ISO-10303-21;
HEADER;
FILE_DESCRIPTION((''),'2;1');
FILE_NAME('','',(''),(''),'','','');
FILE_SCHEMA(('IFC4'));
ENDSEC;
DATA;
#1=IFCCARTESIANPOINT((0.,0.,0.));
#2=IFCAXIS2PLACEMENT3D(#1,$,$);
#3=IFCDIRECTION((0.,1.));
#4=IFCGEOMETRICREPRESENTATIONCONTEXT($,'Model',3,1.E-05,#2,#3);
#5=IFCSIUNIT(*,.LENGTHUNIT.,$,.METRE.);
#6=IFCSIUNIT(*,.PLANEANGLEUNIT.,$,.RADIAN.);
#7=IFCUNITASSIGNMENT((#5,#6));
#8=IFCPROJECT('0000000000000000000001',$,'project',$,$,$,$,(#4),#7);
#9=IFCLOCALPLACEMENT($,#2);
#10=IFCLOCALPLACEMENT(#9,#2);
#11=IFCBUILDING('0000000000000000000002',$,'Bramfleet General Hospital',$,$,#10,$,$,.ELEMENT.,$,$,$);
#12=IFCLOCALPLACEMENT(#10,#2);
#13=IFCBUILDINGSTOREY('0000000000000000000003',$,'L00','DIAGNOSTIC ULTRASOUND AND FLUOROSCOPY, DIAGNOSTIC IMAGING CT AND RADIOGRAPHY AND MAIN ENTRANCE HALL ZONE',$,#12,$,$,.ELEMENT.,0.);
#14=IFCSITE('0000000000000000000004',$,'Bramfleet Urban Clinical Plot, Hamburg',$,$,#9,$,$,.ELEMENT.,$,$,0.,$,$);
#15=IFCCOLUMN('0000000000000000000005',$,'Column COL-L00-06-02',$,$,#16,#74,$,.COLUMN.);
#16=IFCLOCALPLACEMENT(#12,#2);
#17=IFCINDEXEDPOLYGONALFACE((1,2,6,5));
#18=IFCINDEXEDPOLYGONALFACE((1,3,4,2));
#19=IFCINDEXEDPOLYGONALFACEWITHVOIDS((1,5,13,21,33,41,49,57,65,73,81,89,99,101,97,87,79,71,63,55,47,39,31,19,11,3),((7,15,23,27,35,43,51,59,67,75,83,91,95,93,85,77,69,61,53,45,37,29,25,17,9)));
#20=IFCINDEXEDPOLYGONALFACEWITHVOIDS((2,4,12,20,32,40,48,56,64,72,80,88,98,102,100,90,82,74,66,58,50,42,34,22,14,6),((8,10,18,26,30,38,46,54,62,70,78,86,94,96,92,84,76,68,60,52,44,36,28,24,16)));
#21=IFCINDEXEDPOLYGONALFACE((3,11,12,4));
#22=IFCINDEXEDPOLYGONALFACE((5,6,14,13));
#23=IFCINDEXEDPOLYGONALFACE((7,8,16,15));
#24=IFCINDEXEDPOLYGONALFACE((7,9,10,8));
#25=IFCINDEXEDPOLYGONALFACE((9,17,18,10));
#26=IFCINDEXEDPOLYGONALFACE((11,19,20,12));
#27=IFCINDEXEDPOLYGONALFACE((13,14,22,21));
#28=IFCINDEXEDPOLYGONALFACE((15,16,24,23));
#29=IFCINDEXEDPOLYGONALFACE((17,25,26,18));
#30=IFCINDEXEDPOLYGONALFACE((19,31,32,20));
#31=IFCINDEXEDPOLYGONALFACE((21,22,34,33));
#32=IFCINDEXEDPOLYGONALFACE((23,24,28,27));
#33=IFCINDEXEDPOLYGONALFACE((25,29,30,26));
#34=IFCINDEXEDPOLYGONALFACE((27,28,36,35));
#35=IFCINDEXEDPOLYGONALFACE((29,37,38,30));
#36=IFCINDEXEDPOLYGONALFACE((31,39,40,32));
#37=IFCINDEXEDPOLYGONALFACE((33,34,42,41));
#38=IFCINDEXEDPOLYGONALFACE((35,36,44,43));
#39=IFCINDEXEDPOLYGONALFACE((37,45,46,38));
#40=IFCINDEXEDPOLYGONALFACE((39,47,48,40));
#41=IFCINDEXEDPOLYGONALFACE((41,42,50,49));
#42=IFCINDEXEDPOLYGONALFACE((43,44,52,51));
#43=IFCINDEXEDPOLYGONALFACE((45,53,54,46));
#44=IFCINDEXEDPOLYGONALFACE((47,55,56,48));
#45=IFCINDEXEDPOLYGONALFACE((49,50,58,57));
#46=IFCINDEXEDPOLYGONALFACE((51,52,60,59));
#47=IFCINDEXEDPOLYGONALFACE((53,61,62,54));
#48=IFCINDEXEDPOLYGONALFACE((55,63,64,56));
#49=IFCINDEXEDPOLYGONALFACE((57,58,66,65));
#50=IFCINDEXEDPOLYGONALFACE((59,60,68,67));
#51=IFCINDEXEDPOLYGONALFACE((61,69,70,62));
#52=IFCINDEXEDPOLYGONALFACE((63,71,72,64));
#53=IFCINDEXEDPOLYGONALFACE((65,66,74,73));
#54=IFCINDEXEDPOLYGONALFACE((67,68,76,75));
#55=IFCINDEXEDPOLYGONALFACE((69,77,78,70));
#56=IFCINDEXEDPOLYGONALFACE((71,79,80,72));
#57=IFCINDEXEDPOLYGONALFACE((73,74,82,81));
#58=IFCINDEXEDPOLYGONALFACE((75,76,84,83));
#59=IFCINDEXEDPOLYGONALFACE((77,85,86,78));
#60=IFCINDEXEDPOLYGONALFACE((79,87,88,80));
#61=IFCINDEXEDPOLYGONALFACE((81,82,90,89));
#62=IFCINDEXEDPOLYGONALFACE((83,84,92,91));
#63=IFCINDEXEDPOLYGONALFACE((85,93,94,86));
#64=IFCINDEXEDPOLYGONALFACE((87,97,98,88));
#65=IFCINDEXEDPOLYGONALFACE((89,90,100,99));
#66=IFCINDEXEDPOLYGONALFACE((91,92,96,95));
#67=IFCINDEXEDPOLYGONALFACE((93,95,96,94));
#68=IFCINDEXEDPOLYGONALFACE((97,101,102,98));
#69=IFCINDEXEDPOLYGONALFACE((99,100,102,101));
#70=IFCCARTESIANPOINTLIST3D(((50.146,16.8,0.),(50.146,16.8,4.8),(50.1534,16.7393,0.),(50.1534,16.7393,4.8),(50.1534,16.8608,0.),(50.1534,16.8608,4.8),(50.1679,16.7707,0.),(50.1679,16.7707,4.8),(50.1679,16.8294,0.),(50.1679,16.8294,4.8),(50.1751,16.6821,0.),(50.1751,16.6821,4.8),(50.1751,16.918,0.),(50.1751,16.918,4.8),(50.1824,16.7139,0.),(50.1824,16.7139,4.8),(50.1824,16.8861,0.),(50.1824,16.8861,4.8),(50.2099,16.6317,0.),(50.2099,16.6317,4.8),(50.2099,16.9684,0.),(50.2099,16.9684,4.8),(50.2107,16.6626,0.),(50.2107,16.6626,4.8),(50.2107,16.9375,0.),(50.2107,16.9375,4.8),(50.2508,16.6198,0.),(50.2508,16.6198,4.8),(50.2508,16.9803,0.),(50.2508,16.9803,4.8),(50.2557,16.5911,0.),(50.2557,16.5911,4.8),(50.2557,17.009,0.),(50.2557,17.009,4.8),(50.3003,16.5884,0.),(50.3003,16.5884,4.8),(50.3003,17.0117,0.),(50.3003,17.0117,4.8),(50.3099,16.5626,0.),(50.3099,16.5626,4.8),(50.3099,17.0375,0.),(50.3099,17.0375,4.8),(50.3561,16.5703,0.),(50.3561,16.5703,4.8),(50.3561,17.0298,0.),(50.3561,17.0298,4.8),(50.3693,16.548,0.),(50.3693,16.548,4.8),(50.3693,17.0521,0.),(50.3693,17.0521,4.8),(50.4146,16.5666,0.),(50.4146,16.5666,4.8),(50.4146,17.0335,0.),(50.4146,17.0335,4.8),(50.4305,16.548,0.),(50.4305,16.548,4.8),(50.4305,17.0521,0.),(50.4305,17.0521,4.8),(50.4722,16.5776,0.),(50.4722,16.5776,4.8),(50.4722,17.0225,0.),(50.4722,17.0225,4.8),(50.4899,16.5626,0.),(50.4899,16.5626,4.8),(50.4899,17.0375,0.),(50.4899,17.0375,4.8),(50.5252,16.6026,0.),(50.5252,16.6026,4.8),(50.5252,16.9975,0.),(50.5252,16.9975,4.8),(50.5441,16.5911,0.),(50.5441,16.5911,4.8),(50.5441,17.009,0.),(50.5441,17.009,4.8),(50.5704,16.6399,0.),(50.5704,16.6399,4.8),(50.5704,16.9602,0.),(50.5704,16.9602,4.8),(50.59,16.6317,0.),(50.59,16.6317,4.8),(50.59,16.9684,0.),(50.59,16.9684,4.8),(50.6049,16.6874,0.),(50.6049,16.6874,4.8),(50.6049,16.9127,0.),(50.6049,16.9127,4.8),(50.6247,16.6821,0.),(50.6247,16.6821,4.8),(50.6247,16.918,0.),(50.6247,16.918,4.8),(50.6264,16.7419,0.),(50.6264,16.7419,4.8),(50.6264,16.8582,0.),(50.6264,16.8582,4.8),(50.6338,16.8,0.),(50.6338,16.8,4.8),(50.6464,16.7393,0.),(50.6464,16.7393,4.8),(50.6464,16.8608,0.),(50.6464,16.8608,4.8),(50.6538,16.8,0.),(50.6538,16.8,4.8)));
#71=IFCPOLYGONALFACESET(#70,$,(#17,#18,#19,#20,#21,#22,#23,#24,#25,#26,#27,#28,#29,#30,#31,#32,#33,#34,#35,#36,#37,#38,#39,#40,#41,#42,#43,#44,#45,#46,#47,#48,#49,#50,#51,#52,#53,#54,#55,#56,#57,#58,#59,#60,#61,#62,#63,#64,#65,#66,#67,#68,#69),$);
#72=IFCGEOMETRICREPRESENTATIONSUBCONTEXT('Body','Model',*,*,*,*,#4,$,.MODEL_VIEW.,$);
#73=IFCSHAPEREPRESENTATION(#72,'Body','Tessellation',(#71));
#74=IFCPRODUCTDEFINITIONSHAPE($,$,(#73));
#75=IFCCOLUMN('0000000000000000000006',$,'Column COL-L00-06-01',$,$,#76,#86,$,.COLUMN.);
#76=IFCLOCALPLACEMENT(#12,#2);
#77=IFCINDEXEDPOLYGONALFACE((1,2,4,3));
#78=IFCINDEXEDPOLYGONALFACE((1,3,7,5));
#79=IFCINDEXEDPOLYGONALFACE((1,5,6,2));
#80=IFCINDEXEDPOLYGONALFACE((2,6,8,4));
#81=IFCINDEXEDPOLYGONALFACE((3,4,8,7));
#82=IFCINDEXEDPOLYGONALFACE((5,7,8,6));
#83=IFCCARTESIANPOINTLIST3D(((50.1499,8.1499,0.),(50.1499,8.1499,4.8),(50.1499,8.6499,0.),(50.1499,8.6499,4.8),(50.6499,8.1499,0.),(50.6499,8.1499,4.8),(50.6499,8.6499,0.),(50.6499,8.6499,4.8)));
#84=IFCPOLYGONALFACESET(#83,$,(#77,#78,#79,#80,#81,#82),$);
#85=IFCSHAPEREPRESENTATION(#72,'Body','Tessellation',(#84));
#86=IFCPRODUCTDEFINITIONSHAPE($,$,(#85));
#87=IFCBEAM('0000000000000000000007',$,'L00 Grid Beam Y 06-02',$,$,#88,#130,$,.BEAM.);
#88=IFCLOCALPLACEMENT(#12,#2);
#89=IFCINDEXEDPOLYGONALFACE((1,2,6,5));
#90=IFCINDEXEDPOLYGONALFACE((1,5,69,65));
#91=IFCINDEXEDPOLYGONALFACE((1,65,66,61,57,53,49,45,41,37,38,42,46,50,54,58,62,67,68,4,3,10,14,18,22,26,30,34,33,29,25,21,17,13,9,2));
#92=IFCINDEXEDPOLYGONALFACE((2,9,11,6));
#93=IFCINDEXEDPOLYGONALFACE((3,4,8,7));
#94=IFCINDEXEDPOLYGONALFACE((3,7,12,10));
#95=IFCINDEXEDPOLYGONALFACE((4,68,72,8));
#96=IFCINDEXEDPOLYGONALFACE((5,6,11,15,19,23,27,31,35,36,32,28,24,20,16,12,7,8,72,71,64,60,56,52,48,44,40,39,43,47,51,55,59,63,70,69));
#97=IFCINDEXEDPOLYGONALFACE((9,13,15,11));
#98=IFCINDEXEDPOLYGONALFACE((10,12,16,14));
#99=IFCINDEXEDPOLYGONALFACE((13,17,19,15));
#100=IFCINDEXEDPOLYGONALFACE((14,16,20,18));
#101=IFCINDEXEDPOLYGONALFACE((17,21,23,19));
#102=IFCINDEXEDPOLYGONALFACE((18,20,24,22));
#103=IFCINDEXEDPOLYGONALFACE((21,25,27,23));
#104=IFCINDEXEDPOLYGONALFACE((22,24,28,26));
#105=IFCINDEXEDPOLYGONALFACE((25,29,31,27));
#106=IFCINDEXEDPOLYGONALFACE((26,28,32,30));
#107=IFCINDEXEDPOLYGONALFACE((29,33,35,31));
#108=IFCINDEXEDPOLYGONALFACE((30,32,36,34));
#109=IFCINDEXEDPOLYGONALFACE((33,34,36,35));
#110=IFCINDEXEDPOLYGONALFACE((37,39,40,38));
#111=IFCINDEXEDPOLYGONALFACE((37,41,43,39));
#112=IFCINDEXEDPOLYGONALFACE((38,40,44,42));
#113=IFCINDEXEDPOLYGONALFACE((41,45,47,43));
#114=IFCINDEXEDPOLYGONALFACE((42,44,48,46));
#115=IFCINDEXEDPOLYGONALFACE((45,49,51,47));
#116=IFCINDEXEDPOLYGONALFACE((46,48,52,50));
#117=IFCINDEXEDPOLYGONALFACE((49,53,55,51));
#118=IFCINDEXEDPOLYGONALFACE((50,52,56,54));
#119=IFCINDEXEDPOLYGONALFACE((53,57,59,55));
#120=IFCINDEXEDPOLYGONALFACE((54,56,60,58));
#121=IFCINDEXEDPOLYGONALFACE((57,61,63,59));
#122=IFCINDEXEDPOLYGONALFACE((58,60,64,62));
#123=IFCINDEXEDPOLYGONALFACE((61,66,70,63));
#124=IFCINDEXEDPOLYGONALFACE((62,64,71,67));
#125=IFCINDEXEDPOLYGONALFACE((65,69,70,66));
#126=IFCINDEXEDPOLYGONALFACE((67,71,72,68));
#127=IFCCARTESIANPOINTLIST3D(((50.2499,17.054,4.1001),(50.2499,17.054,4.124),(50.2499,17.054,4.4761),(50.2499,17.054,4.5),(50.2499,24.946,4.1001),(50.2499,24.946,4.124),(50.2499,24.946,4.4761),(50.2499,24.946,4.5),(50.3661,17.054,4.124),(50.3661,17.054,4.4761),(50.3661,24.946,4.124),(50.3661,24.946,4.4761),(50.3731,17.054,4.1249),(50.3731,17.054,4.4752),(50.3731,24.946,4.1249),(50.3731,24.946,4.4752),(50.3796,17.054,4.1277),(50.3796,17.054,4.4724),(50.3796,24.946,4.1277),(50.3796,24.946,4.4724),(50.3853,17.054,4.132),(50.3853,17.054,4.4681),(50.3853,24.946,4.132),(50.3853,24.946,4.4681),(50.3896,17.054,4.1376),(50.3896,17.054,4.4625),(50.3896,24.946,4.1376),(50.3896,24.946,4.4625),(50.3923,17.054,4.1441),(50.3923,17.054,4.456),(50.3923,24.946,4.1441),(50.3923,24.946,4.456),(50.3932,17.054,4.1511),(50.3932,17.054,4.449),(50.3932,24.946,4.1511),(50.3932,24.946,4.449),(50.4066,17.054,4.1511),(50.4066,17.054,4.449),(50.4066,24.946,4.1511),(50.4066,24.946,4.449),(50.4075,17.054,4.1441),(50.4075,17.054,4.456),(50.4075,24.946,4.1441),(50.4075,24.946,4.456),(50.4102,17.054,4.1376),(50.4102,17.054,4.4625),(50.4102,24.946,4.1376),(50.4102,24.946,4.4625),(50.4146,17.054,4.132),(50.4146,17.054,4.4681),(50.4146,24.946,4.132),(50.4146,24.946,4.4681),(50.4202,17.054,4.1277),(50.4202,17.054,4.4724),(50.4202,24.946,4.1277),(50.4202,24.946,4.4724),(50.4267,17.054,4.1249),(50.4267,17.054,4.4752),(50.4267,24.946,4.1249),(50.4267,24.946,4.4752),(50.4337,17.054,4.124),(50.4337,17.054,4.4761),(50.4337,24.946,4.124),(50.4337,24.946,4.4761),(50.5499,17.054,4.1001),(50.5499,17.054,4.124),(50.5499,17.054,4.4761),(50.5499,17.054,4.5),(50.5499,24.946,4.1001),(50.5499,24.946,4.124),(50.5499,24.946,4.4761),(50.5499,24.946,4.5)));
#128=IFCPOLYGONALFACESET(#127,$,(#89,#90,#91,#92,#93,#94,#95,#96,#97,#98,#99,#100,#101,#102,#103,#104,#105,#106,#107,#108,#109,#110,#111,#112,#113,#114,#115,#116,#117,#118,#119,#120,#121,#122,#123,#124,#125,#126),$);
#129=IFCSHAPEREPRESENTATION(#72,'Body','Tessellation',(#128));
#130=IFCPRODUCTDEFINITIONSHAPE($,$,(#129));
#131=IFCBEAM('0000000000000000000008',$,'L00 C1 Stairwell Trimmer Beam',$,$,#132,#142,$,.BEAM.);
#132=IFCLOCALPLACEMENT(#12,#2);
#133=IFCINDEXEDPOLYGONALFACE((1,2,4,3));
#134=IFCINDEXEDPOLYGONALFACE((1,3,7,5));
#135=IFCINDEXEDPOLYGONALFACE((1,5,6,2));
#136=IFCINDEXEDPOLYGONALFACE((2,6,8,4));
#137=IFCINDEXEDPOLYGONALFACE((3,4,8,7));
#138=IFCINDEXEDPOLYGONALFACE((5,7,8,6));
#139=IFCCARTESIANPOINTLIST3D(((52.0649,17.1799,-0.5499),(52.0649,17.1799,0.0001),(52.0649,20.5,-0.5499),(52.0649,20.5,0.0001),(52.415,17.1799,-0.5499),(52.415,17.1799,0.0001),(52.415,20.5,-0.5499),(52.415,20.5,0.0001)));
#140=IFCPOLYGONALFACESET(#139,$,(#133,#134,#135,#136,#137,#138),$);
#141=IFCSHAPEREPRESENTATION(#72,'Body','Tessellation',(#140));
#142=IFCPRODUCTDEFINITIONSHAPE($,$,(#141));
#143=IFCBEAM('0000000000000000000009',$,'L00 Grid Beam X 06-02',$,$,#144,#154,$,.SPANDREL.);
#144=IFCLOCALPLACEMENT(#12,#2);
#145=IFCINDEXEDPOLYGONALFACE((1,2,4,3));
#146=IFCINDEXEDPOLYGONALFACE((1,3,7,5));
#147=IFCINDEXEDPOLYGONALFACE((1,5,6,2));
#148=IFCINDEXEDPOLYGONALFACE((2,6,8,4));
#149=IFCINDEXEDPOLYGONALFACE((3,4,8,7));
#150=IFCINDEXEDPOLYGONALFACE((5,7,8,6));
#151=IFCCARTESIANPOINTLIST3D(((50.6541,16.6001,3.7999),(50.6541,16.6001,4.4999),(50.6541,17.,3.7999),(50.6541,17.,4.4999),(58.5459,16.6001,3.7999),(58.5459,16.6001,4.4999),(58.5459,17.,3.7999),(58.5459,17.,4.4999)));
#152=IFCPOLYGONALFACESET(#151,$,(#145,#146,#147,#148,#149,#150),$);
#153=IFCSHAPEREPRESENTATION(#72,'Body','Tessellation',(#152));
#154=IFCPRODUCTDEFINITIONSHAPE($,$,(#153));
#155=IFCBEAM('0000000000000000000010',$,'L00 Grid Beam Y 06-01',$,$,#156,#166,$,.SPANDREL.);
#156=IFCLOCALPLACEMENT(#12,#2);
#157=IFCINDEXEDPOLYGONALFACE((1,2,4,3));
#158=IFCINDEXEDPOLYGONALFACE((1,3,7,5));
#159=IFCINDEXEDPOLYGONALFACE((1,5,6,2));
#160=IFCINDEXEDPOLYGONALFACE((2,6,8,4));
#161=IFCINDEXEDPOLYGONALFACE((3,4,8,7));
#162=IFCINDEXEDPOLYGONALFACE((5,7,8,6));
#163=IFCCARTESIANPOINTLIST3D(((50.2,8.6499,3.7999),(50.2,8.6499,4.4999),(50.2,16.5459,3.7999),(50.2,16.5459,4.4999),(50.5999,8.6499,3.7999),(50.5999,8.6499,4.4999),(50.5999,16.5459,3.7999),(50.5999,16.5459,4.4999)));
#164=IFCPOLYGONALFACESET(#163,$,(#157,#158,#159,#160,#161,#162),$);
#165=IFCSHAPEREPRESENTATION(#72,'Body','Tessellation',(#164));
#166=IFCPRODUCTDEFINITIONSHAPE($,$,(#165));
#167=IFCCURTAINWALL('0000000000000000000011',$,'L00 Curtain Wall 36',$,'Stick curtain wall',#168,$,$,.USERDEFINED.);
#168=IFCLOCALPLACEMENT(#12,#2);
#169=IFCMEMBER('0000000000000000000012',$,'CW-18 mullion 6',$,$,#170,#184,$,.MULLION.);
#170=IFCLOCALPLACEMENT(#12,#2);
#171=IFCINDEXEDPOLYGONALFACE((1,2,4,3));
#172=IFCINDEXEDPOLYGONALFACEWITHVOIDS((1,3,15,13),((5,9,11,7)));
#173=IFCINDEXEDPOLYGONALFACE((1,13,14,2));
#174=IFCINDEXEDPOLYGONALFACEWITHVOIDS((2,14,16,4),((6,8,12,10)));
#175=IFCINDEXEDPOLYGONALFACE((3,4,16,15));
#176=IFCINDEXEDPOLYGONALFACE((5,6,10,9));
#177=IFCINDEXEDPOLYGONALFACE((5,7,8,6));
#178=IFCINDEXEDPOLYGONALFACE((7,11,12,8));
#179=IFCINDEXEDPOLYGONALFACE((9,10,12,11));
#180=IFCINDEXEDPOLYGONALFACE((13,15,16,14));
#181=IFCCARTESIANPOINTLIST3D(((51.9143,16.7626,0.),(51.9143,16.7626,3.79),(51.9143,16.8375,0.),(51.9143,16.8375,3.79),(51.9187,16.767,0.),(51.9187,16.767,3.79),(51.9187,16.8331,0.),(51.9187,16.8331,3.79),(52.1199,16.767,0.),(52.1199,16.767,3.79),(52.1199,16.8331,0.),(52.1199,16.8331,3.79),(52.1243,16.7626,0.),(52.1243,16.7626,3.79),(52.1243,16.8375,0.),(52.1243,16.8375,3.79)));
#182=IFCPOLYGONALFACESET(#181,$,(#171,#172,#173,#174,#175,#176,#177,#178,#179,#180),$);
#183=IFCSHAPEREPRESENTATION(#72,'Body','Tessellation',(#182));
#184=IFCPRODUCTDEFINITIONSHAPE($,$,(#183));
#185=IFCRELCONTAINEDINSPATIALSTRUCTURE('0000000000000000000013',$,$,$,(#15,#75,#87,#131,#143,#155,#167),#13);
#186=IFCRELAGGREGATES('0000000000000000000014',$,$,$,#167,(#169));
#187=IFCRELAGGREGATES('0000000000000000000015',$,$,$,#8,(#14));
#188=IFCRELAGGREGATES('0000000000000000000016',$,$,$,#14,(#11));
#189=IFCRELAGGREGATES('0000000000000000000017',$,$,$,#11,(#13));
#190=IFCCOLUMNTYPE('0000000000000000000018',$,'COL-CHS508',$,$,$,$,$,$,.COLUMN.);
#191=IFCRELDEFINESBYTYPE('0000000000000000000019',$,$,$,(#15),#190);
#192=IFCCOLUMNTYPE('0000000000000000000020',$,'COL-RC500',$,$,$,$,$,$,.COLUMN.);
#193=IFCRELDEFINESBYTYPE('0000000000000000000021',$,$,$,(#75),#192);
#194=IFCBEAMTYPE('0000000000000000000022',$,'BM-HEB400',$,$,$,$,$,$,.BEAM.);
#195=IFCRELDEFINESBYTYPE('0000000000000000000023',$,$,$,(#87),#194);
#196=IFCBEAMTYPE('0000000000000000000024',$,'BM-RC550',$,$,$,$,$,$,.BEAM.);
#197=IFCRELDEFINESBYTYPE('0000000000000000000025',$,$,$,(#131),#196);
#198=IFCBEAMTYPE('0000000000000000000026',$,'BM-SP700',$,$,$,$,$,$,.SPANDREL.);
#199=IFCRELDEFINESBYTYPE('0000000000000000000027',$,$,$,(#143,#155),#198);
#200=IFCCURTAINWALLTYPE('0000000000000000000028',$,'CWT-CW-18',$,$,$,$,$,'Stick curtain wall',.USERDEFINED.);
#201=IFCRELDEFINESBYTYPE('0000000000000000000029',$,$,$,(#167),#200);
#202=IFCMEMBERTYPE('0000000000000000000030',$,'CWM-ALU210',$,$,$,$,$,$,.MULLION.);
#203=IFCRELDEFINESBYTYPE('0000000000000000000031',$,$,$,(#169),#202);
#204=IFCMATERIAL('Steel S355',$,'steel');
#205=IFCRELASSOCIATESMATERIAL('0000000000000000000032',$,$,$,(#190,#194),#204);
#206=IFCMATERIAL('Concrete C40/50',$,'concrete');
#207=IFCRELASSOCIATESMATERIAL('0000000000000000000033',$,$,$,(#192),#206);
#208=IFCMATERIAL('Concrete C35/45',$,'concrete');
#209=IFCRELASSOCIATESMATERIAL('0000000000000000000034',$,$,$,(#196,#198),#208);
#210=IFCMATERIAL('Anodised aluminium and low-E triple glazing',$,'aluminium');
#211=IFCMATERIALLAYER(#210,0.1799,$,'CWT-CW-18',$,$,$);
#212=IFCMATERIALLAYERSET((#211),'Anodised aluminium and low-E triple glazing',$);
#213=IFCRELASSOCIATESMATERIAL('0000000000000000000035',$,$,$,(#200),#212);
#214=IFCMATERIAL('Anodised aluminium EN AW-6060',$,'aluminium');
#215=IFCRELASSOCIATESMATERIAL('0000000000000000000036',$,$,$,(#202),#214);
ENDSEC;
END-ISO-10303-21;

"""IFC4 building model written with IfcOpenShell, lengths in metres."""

from ifc_helpers import new_model, si_unit, direction, frame, origin, origin_2d, place, context, subcontext, project, spatial, rectangle, hollow_rectangle, hollow_circle, i_section, extrude, material, layer, layer_set, material_profile, profile_set, type_object, element, aggregate, save


model = new_model("IFC4")

# Units and contexts
model_context = context("Model", 3, precision=1e-05, world=origin(), true_north=direction((0.0, 1.0)))
body_context = subcontext(model_context, "Body", "Model", "MODEL_VIEW")
ifc_project = project(units=[si_unit("LENGTHUNIT", "METRE"), si_unit("PLANEANGLEUNIT", "RADIAN")], contexts=[model_context])

# Site, building, storey
site_placement = place(None, origin())
site = spatial("IfcSite", under=ifc_project, at=site_placement, Name="Bramfleet Urban Clinical Plot, Hamburg", CompositionType="ELEMENT", RefElevation=0.0)
building_placement = place(site_placement, origin())
building = spatial("IfcBuilding", under=site, at=building_placement, Name="Bramfleet General Hospital", CompositionType="ELEMENT")
storey_placement = place(building_placement, origin())
storey = spatial("IfcBuildingStorey", under=building, at=storey_placement, Name="L00", Description="DIAGNOSTIC ULTRASOUND AND FLUOROSCOPY, DIAGNOSTIC IMAGING CT AND RADIOGRAPHY AND MAIN ENTRANCE HALL ZONE", CompositionType="ELEMENT", Elevation=0.0)

# Columns
ifc_material_1 = material(Name="Steel S355", Category="steel")
ifc_material_profile_1 = material_profile(ifc_material_1, hollow_circle(Radius=0.2539, WallThickness=0.02, at=origin_2d()), Name="CHS 508.0x20.0")
ifc_profile_set_1 = profile_set([ifc_material_profile_1], Name="Steel S355")
column_type_1 = type_object("IfcColumnType", Name="COL-CHS508", PredefinedType="COLUMN", material=ifc_profile_set_1)
column_1_placement = place(storey_placement, frame((50.3999, 16.8, 0.0), z_axis=(0.0, 0.0, 1.0), x_axis=(1.0, 0.0, 0.0)))
element("IfcColumn", 1, at=column_1_placement, inside=storey, type_object=column_type_1, Name="Column COL-L00-06-02", PredefinedType="COLUMN", context=body_context, shape_type="SweptSolid", body=[
    extrude(hollow_circle(Radius=0.2539, WallThickness=0.02, at=origin_2d()), origin(), (0.0, 0.0, 1.0), 4.8),
])
ifc_material_2 = material(Name="Concrete C40/50", Category="concrete")
ifc_material_profile_2 = material_profile(ifc_material_2, rectangle(XDim=0.5, YDim=0.5, at=origin_2d()), Name="RC COL 500x500")
ifc_profile_set_2 = profile_set([ifc_material_profile_2], Name="Concrete C40/50")
column_type_2 = type_object("IfcColumnType", Name="COL-RC500", PredefinedType="COLUMN", material=ifc_profile_set_2)
column_2_placement = place(storey_placement, frame((50.3999, 8.3999, 0.0), z_axis=(0.0, 0.0, 1.0), x_axis=(1.0, 0.0, 0.0)))
element("IfcColumn", 2, at=column_2_placement, inside=storey, type_object=column_type_2, Name="Column COL-L00-06-01", PredefinedType="COLUMN", context=body_context, shape_type="SweptSolid", body=[
    extrude(rectangle(XDim=0.5, YDim=0.5, at=origin_2d()), origin(), (0.0, 0.0, 1.0), 4.8),
])

# Beams
ifc_material_profile_3 = material_profile(ifc_material_1, i_section(OverallWidth=0.3, OverallDepth=0.3999, WebThickness=0.0134, FlangeThickness=0.0239, FilletRadius=0.0271, at=origin_2d()), Name="HEB 400")
ifc_profile_set_3 = profile_set([ifc_material_profile_3], Name="Steel S355")
beam_type_1 = type_object("IfcBeamType", Name="BM-HEB400", PredefinedType="BEAM", material=ifc_profile_set_3)
beam_1_placement = place(storey_placement, frame((50.3999, 17.054, 4.3), z_axis=(0.0, 1.0, 0.0), x_axis=(-1.0, 0.0, 0.0)))
element("IfcBeam", 3, at=beam_1_placement, inside=storey, type_object=beam_type_1, Name="L00 Grid Beam Y 06-02", PredefinedType="BEAM", context=body_context, shape_type="SweptSolid", body=[
    extrude(i_section(OverallWidth=0.3, OverallDepth=0.3999, WebThickness=0.0134, FlangeThickness=0.0239, FilletRadius=0.0271, at=origin_2d()), origin(), (0.0, 0.0, 1.0), 7.8921),
])
ifc_material_3 = material(Name="Concrete C35/45", Category="concrete")
ifc_material_profile_4 = material_profile(ifc_material_3, rectangle(XDim=0.3501, YDim=0.55, at=origin_2d()), Name="RC BM 550x350")
ifc_profile_set_4 = profile_set([ifc_material_profile_4], Name="Concrete C35/45")
beam_type_2 = type_object("IfcBeamType", Name="BM-RC550", PredefinedType="BEAM", material=ifc_profile_set_4)
beam_2_placement = place(storey_placement, frame((52.24, 17.1799, -0.2749), z_axis=(0.0, 1.0, 0.0), x_axis=(-1.0, 0.0, 0.0)))
element("IfcBeam", 4, at=beam_2_placement, inside=storey, type_object=beam_type_2, Name="L00 C1 Stairwell Trimmer Beam", PredefinedType="BEAM", context=body_context, shape_type="SweptSolid", body=[
    extrude(rectangle(XDim=0.3501, YDim=0.55, at=origin_2d()), origin(), (0.0, 0.0, 1.0), 3.3201),
])
ifc_material_profile_5 = material_profile(ifc_material_3, rectangle(XDim=0.3999, YDim=0.7, at=origin_2d()), Name="RC SP 700x400")
ifc_profile_set_5 = profile_set([ifc_material_profile_5], Name="Concrete C35/45")
beam_type_3 = type_object("IfcBeamType", Name="BM-SP700", PredefinedType="SPANDREL", material=ifc_profile_set_5)
beam_3_placement = place(storey_placement, frame((50.6541, 16.8, 4.1499), z_axis=(1.0, 0.0, 0.0), x_axis=(0.0, 1.0, 0.0)))
element("IfcBeam", 5, at=beam_3_placement, inside=storey, type_object=beam_type_3, Name="L00 Grid Beam X 06-02", PredefinedType="SPANDREL", context=body_context, shape_type="SweptSolid", body=[
    extrude(rectangle(XDim=0.3999, YDim=0.7, at=origin_2d()), origin(), (0.0, 0.0, 1.0), 7.8918),
])
beam_4_placement = place(storey_placement, frame((50.3999, 8.6499, 4.1499), z_axis=(0.0, 1.0, 0.0), x_axis=(-1.0, 0.0, 0.0)))
element("IfcBeam", 6, at=beam_4_placement, inside=storey, type_object=beam_type_3, Name="L00 Grid Beam Y 06-01", PredefinedType="SPANDREL", context=body_context, shape_type="SweptSolid", body=[
    extrude(rectangle(XDim=0.3999, YDim=0.7, at=origin_2d()), origin(), (0.0, 0.0, 1.0), 7.896),
])

# Curtain wall, member
ifc_material_4 = material(Name="Anodised aluminium and low-E triple glazing", Category="aluminium")
ifc_layer_1 = layer(ifc_material_4, 0.1799, Name="CWT-CW-18")
ifc_layer_set_1 = layer_set([ifc_layer_1], Name="Anodised aluminium and low-E triple glazing")
curtain_wall_type_1 = type_object("IfcCurtainWallType", Name="CWT-CW-18", ElementType="Stick curtain wall", PredefinedType="USERDEFINED", material=ifc_layer_set_1)
curtain_wall_1_placement = place(storey_placement, origin())
curtain_wall_1 = element("IfcCurtainWall", 7, at=curtain_wall_1_placement, inside=storey, type_object=curtain_wall_type_1, Name="L00 Curtain Wall 36", ObjectType="Stick curtain wall", PredefinedType="USERDEFINED")
ifc_material_5 = material(Name="Anodised aluminium EN AW-6060", Category="aluminium")
ifc_material_profile_6 = material_profile(ifc_material_5, hollow_rectangle(XDim=0.075, YDim=0.21, WallThickness=0.0044, at=origin_2d()), Name="ALU 210x75x4.5")
ifc_profile_set_6 = profile_set([ifc_material_profile_6], Name="Anodised aluminium EN AW-6060")
member_type_1 = type_object("IfcMemberType", Name="CWM-ALU210", PredefinedType="MULLION", material=ifc_profile_set_6)
member_1_placement = place(storey_placement, frame((52.0193, 16.8, 0.0), z_axis=(0.0, 0.0, 1.0), x_axis=(0.0, -1.0, 0.0)))
member_1 = element("IfcMember", 8, at=member_1_placement, type_object=member_type_1, Name="CW-18 mullion 6", PredefinedType="MULLION", context=body_context, shape_type="SweptSolid", body=[
    extrude(hollow_rectangle(XDim=0.075, YDim=0.21, WallThickness=0.0044, at=origin_2d()), origin(), (0.0, 0.0, 1.0), 3.79),
])

aggregate(curtain_wall_1, [member_1])

save(model, "model.ifc")
